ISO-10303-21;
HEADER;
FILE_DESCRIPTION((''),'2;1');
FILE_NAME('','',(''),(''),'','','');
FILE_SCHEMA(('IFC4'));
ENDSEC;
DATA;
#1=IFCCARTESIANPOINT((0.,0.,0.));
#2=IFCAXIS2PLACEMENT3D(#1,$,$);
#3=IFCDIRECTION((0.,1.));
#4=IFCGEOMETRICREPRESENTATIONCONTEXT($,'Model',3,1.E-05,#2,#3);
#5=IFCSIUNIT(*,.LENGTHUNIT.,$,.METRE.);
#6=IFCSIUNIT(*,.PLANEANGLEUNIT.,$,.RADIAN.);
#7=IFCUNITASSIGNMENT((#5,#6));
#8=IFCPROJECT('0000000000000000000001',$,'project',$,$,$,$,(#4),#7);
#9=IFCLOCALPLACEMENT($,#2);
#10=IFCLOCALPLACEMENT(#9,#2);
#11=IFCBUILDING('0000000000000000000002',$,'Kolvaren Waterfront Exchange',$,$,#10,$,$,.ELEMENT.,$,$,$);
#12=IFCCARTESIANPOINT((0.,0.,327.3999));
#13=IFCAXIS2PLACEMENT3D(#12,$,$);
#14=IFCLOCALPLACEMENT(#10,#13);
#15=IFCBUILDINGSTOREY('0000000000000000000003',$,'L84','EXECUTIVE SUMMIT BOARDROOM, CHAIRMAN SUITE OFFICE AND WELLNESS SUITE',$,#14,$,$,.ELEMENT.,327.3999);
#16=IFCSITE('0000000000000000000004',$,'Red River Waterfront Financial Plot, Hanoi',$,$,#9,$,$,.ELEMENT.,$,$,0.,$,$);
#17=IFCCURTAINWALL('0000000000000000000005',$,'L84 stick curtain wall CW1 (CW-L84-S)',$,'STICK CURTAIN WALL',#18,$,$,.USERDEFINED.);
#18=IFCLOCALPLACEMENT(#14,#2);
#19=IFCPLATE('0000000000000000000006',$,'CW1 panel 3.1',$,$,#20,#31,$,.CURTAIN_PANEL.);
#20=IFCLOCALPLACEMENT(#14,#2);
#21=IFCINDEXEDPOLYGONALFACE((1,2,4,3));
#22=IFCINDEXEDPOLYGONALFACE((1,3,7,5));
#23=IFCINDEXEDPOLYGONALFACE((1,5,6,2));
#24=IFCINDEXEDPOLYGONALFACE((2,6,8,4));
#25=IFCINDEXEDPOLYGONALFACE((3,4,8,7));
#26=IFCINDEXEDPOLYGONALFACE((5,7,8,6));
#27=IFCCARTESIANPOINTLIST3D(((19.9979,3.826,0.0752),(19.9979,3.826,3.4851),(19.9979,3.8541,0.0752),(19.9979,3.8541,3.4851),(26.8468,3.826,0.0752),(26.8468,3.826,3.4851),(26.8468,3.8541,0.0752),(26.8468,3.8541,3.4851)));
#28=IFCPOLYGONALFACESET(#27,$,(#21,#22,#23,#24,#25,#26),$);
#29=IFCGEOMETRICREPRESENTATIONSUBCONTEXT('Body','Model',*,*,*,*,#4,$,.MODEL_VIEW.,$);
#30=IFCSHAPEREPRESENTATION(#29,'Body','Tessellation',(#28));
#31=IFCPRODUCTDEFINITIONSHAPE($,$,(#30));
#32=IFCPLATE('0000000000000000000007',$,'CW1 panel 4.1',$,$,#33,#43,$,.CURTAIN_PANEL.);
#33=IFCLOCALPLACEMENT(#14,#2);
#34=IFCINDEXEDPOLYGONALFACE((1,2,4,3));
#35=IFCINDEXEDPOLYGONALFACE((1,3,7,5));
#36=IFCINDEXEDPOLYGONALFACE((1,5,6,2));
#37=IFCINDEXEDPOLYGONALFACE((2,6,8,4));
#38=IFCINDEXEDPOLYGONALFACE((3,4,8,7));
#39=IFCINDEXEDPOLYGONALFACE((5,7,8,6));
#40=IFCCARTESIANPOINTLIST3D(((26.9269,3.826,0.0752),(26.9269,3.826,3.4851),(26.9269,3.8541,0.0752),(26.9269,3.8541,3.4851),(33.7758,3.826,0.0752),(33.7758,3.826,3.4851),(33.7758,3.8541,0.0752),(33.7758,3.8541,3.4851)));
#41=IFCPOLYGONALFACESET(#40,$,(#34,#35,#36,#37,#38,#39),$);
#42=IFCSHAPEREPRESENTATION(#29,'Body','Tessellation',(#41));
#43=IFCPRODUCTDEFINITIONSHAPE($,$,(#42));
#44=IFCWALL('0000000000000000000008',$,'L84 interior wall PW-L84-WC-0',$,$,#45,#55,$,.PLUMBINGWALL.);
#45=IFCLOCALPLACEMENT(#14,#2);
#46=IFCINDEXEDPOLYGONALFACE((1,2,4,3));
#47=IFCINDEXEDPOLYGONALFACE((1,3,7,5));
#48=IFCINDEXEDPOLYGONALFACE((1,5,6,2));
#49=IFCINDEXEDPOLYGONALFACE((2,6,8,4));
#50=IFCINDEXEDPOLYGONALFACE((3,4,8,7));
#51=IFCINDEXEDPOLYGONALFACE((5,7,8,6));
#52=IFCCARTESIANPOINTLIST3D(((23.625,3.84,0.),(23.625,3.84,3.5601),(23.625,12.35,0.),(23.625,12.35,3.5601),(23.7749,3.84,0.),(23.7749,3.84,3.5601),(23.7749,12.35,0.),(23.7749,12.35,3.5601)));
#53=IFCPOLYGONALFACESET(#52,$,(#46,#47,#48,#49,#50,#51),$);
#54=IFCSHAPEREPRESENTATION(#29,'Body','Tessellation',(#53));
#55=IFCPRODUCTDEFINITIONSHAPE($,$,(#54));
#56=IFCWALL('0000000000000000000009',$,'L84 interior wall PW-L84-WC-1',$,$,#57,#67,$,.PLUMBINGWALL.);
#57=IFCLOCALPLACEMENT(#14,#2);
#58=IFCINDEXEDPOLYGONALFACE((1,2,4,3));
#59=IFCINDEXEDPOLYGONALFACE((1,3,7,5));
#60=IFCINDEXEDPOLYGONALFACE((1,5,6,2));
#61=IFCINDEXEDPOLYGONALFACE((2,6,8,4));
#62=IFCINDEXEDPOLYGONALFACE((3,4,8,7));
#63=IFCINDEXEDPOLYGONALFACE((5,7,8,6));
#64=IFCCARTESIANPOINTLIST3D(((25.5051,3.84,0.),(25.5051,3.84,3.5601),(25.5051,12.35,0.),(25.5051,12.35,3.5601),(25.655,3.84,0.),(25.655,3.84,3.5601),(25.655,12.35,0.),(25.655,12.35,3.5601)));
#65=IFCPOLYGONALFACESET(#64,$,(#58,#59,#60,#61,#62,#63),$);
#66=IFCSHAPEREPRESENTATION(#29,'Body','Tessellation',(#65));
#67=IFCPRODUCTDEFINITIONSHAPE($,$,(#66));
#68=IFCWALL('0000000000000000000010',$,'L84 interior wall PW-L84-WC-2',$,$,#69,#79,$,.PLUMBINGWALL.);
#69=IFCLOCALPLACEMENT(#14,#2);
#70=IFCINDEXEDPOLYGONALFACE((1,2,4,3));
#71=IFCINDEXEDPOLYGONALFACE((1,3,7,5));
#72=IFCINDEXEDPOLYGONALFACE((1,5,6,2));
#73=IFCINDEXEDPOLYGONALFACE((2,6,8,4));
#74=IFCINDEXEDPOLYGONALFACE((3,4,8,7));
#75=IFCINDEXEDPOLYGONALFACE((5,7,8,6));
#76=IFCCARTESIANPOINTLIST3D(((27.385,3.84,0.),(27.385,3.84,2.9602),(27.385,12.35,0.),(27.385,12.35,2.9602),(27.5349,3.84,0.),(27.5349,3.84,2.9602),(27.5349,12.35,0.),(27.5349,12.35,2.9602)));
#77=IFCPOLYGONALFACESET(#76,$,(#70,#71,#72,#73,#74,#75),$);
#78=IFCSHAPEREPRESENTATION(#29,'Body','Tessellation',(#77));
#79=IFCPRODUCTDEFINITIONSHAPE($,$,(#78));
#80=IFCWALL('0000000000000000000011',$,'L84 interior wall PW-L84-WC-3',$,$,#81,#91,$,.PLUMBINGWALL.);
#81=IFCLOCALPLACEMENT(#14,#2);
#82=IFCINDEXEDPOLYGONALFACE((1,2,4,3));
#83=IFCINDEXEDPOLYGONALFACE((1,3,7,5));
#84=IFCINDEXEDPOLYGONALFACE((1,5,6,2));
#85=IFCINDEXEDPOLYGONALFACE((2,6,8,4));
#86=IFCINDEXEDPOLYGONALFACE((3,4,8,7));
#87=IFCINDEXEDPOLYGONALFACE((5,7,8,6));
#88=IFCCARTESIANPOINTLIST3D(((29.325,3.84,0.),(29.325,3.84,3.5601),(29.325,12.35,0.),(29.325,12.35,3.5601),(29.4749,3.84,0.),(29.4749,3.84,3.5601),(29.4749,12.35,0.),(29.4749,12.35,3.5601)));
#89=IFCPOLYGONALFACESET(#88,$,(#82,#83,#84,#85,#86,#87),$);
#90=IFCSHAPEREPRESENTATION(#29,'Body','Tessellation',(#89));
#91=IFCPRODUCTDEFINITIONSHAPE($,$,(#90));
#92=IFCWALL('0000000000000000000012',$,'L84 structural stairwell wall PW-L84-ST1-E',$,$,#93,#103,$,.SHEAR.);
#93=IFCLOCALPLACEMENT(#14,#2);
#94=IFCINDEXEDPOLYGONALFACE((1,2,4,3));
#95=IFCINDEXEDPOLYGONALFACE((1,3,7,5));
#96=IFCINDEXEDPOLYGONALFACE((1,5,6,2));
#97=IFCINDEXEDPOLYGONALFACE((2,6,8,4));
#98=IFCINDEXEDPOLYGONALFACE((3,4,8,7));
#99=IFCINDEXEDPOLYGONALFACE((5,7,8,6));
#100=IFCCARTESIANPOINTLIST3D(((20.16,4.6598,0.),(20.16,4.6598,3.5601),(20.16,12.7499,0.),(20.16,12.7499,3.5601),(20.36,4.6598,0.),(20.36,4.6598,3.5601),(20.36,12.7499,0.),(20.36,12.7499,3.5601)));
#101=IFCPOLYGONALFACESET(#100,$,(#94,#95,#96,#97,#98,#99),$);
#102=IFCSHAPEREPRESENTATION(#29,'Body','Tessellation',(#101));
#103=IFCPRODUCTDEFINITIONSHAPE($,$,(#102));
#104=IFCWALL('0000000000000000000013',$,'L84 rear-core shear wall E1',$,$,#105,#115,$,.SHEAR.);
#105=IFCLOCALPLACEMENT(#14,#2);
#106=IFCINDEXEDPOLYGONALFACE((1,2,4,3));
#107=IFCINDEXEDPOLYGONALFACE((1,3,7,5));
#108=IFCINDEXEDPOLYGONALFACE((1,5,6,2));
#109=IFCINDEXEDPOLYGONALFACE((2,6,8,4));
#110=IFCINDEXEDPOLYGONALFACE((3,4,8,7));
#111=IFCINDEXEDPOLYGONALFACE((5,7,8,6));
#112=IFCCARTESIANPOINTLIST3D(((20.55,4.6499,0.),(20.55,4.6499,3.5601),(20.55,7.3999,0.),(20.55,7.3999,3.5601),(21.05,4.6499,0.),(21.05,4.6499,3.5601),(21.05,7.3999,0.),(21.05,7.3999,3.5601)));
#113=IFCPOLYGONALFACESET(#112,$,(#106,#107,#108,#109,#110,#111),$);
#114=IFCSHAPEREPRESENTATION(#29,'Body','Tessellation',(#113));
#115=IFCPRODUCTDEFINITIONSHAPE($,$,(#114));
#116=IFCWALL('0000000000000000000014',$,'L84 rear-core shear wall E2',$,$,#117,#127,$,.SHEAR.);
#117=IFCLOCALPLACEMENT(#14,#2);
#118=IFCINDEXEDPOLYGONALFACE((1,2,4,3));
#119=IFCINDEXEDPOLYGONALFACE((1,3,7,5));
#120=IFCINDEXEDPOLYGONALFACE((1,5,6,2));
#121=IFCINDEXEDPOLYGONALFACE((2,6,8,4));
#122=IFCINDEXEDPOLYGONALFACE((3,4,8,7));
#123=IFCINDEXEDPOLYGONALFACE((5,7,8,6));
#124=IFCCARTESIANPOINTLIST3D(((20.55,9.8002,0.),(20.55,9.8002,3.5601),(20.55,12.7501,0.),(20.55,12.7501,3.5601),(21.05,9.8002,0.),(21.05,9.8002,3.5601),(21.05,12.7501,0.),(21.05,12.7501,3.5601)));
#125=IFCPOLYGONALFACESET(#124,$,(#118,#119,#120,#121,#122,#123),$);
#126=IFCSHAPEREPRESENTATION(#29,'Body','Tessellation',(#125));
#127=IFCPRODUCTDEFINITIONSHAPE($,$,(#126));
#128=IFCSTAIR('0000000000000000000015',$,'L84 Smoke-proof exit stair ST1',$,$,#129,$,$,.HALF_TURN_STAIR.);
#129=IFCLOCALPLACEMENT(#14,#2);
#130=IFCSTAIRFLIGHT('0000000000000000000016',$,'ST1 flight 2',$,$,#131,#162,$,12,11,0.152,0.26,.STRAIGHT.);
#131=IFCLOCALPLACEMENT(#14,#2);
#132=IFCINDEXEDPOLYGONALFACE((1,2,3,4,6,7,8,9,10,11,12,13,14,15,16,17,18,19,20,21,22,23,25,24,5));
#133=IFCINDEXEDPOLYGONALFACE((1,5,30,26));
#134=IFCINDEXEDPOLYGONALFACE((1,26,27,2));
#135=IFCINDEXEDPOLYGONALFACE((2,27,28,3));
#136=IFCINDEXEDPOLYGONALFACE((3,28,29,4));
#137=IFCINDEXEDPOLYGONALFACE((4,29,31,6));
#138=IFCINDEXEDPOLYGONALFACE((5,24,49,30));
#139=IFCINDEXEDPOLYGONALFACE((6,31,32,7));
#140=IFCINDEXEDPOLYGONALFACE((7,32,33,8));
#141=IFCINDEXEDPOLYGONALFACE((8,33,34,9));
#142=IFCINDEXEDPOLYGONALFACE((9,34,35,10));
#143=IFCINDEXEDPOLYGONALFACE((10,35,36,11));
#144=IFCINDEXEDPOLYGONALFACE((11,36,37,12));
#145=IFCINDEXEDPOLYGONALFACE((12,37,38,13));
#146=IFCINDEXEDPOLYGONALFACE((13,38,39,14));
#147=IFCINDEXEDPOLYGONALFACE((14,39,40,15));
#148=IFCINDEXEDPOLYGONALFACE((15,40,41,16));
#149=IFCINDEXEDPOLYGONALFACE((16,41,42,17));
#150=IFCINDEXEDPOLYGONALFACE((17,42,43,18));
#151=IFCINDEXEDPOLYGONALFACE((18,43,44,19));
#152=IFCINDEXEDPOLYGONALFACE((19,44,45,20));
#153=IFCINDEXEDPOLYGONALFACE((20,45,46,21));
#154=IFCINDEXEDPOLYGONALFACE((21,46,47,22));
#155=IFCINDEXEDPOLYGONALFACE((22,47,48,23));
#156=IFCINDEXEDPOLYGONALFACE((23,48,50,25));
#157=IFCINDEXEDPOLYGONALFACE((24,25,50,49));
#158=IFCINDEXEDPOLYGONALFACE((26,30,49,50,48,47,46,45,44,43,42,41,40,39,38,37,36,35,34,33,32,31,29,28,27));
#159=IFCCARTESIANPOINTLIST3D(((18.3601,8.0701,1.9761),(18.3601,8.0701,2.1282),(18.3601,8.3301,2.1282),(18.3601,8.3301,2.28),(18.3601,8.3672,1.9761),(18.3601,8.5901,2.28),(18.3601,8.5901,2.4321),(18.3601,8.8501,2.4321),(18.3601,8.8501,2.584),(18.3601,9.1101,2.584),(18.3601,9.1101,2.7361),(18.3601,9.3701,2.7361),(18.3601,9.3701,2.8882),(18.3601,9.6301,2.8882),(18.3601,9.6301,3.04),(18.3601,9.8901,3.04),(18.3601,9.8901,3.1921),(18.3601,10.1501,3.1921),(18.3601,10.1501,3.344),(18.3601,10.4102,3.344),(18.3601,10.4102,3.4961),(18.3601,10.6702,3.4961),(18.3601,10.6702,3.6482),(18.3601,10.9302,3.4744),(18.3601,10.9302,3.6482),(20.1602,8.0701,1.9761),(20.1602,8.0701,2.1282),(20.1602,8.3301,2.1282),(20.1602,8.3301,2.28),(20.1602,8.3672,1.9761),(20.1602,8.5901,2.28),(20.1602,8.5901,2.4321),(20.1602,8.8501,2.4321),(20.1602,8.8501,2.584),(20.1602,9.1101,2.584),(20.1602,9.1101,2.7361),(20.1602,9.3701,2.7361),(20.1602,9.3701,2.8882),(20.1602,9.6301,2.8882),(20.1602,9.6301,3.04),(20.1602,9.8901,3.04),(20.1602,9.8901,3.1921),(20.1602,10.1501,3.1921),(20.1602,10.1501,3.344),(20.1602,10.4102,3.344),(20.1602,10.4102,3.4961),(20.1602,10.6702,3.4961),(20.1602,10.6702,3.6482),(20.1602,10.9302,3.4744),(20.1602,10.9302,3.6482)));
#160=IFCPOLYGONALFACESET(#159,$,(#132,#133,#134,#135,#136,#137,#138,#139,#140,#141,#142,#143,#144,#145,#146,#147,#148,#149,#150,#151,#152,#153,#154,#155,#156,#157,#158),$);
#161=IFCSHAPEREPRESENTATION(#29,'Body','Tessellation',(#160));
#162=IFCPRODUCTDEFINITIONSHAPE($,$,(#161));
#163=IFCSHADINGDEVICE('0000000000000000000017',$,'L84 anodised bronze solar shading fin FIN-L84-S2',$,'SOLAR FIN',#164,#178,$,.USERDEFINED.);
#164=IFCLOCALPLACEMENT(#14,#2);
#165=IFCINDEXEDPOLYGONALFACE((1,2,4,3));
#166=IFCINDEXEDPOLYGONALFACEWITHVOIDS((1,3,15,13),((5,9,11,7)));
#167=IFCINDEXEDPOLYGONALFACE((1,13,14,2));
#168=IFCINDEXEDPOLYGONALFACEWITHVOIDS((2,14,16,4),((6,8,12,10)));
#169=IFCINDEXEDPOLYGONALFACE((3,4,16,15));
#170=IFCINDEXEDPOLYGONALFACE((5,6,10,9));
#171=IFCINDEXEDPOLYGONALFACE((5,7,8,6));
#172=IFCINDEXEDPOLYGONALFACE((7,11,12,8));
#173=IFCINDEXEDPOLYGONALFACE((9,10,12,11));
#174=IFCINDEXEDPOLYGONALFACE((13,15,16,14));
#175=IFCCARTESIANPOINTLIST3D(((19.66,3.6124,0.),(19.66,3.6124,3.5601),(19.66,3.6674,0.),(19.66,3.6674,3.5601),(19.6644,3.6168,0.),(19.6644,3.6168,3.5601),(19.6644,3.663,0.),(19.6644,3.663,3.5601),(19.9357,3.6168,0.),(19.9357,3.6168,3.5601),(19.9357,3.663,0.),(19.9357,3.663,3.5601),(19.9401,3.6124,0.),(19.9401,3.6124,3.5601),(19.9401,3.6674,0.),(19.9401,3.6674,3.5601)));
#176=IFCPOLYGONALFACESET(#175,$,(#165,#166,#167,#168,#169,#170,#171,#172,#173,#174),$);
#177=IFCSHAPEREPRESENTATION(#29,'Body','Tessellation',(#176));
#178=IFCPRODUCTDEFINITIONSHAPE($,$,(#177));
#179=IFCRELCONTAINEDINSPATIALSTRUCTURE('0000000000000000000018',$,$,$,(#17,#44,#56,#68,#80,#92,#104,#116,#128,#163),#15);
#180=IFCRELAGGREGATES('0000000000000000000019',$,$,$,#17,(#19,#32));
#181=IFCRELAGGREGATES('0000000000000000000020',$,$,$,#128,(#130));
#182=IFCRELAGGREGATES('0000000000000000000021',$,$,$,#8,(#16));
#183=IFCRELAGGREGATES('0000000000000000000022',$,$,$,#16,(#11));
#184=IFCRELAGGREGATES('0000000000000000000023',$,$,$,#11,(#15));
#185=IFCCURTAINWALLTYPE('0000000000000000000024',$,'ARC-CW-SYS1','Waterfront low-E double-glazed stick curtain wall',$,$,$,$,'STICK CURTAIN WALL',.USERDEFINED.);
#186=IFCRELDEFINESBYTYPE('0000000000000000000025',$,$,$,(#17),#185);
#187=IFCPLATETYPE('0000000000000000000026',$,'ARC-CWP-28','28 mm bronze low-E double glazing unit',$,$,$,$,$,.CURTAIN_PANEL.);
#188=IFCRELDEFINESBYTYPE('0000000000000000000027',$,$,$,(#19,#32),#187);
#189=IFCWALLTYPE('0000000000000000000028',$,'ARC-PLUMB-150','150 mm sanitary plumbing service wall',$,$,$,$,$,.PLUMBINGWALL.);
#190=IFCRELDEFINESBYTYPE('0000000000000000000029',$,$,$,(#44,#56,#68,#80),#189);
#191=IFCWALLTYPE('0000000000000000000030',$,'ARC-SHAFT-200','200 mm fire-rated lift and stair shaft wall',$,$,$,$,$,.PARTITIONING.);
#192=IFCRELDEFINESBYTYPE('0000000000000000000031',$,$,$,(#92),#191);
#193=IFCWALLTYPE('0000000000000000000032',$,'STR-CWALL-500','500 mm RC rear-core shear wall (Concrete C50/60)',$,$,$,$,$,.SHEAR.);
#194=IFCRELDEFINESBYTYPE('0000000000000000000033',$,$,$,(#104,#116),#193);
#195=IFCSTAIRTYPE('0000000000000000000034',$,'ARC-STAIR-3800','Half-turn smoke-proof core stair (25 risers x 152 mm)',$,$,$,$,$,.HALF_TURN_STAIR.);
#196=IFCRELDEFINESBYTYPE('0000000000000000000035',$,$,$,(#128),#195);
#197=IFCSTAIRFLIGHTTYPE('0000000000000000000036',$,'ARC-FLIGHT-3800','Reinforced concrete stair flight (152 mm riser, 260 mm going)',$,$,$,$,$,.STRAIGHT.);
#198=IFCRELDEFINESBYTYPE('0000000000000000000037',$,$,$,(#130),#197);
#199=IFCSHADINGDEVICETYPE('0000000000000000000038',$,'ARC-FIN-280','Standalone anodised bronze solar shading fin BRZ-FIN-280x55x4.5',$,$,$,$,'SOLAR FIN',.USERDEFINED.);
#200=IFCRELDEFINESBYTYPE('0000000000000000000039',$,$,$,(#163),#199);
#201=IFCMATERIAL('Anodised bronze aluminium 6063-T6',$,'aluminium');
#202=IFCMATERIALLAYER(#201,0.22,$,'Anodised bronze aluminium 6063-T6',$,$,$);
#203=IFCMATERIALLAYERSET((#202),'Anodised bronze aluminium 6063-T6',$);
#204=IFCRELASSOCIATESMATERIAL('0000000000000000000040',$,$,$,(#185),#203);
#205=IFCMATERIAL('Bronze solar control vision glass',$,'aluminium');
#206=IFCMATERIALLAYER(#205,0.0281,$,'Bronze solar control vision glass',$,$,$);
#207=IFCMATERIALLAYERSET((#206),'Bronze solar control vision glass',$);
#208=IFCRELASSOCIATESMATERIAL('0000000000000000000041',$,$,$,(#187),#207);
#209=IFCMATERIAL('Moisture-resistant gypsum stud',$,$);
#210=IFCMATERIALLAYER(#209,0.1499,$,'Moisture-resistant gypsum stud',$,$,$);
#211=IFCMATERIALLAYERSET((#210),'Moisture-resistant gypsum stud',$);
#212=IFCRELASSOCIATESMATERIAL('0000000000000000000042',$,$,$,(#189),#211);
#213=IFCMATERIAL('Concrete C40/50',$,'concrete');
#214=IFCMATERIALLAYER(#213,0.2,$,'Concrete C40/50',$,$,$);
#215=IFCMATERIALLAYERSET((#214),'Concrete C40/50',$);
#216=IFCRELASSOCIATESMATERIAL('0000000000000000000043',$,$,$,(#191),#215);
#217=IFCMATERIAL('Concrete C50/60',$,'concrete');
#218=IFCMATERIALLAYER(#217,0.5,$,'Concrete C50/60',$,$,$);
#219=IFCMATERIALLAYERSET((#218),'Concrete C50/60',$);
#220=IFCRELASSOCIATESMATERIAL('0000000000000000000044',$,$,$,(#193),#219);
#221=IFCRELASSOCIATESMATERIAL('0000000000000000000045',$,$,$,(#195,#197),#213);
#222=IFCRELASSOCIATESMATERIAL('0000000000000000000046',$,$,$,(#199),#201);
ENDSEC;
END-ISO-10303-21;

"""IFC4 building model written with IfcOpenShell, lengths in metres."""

from ifc_helpers import new_model, si_unit, direction, frame, frame_2d, origin, origin_with_axes, origin_2d, place, context, subcontext, project, spatial, polyline, rectangle, hollow_rectangle, outline, extrude, source, transform, mapped, material, layer, layer_set, material_profile, profile_set, type_object, element, aggregate, save


model = new_model("IFC4")

# Units and contexts
model_context = context("Model", 3, precision=1e-05, world=origin(), true_north=direction((0.0, 1.0)))
body_context = subcontext(model_context, "Body", "Model", "MODEL_VIEW")
ifc_project = project(units=[si_unit("LENGTHUNIT", "METRE"), si_unit("PLANEANGLEUNIT", "RADIAN")], contexts=[model_context])

# Site, building, storey
site_placement = place(None, origin())
site = spatial("IfcSite", under=ifc_project, at=site_placement, Name="Red River Waterfront Financial Plot, Hanoi", CompositionType="ELEMENT", RefElevation=0.0)
building_placement = place(site_placement, origin())
building = spatial("IfcBuilding", under=site, at=building_placement, Name="Kolvaren Waterfront Exchange", CompositionType="ELEMENT")
storey_placement = place(building_placement, frame((0.0, 0.0, 327.3999)))
storey = spatial("IfcBuildingStorey", under=building, at=storey_placement, Name="L84", Description="EXECUTIVE SUMMIT BOARDROOM, CHAIRMAN SUITE OFFICE AND WELLNESS SUITE", CompositionType="ELEMENT", Elevation=327.3999)

# Shared definitions
ifc_material_1 = material(Name="Concrete C50/60", Category="concrete")

# Shared definitions
ifc_material_2 = material(Name="Anodised bronze aluminium 6063-T6", Category="aluminium")

# Curtain wall
ifc_layer_1 = layer(ifc_material_2, 0.22, Name="Anodised bronze aluminium 6063-T6")
ifc_layer_set_1 = layer_set([ifc_layer_1], Name="Anodised bronze aluminium 6063-T6")
curtain_wall_type_1 = type_object("IfcCurtainWallType", Name="ARC-CW-SYS1", Description="Waterfront low-E double-glazed stick curtain wall", ElementType="STICK CURTAIN WALL", PredefinedType="USERDEFINED", material=ifc_layer_set_1)
curtain_wall_1_placement = place(storey_placement, origin())
curtain_wall_1 = element("IfcCurtainWall", 1, at=curtain_wall_1_placement, inside=storey, type_object=curtain_wall_type_1, Name="L84 stick curtain wall CW1 (CW-L84-S)", ObjectType="STICK CURTAIN WALL", PredefinedType="USERDEFINED")

# Plates
ifc_material_3 = material(Name="Bronze solar control vision glass", Category="aluminium")
ifc_layer_2 = layer(ifc_material_3, 0.0281, Name="Bronze solar control vision glass")
ifc_layer_set_2 = layer_set([ifc_layer_2], Name="Bronze solar control vision glass")
plate_type_1 = type_object("IfcPlateType", Name="ARC-CWP-28", Description="28 mm bronze low-E double glazing unit", PredefinedType="CURTAIN_PANEL", material=ifc_layer_set_2)
shared_shape_1 = source(origin_with_axes(), body_context, "Body", "SweptSolid", [
    extrude(rectangle(XDim=6.8489, YDim=0.0281, at=origin_2d()), origin(), (0.0, 0.0, 1.0), 3.4099),
])
plate_1_placement = place(storey_placement, frame((23.4224, 3.8401, 0.0752), z_axis=(0.0, 0.0, 1.0), x_axis=(1.0, 0.0, 0.0)))
plate_1 = element("IfcPlate", 2, at=plate_1_placement, type_object=plate_type_1, Name="CW1 panel 3.1", PredefinedType="CURTAIN_PANEL", context=body_context, shape_type="MappedRepresentation", body=[
    mapped(shared_shape_1, transform((0.0, 0.0, 0.0), x_axis=(1.0, 0.0, 0.0), y_axis=(0.0, 1.0, 0.0), z_axis=(0.0, 0.0, 1.0), scale=1.0)),
])
plate_2_placement = place(storey_placement, frame((30.3513, 3.8401, 0.0752), z_axis=(0.0, 0.0, 1.0), x_axis=(1.0, 0.0, 0.0)))
plate_2 = element("IfcPlate", 3, at=plate_2_placement, type_object=plate_type_1, Name="CW1 panel 4.1", PredefinedType="CURTAIN_PANEL", context=body_context, shape_type="MappedRepresentation", body=[
    mapped(shared_shape_1, transform((0.0, 0.0, 0.0), x_axis=(1.0, 0.0, 0.0), y_axis=(0.0, 1.0, 0.0), z_axis=(0.0, 0.0, 1.0), scale=1.0)),
])
aggregate(curtain_wall_1, [plate_1, plate_2])

# Walls
ifc_material_4 = material(Name="Moisture-resistant gypsum stud")
ifc_layer_3 = layer(ifc_material_4, 0.1499, Name="Moisture-resistant gypsum stud")
ifc_layer_set_3 = layer_set([ifc_layer_3], Name="Moisture-resistant gypsum stud")
wall_type_1 = type_object("IfcWallType", Name="ARC-PLUMB-150", Description="150 mm sanitary plumbing service wall", PredefinedType="PLUMBINGWALL", material=ifc_layer_set_3)
for number, where, z_axis, x_axis, name in (
    (4, (23.7, 3.8401, 0.0), (0.0, 0.0, 1.0), (0.0, 1.0, 0.0), "L84 interior wall PW-L84-WC-0"),
    (5, (25.5801, 3.8401, 0.0), (0.0, 0.0, 1.0), (0.0, 1.0, 0.0), "L84 interior wall PW-L84-WC-1"),
):
    element("IfcWall", number, at=place(storey_placement, frame(where, z_axis=z_axis, x_axis=x_axis)), inside=storey, type_object=wall_type_1, Name=name, PredefinedType="PLUMBINGWALL", context=body_context, shape_type="SweptSolid", body=[
        extrude(rectangle(XDim=8.51, YDim=0.1499, at=frame_2d((4.2549, 0.0))), origin(), (0.0, 0.0, 1.0), 3.5601),
    ])
wall_1_placement = place(storey_placement, frame((27.46, 3.8401, 0.0), z_axis=(0.0, 0.0, 1.0), x_axis=(0.0, 1.0, 0.0)))
element("IfcWall", 6, at=wall_1_placement, inside=storey, type_object=wall_type_1, Name="L84 interior wall PW-L84-WC-2", PredefinedType="PLUMBINGWALL", context=body_context, shape_type="SweptSolid", body=[
    extrude(rectangle(XDim=8.51, YDim=0.1499, at=frame_2d((4.2549, 0.0))), origin(), (0.0, 0.0, 1.0), 2.9602),
])
wall_2_placement = place(storey_placement, frame((29.3999, 3.8401, 0.0), z_axis=(0.0, 0.0, 1.0), x_axis=(0.0, 1.0, 0.0)))
element("IfcWall", 7, at=wall_2_placement, inside=storey, type_object=wall_type_1, Name="L84 interior wall PW-L84-WC-3", PredefinedType="PLUMBINGWALL", context=body_context, shape_type="SweptSolid", body=[
    extrude(rectangle(XDim=8.51, YDim=0.1499, at=frame_2d((4.2549, 0.0))), origin(), (0.0, 0.0, 1.0), 3.5601),
])
ifc_material_5 = material(Name="Concrete C40/50", Category="concrete")
ifc_layer_4 = layer(ifc_material_5, 0.2, Name="Concrete C40/50")
ifc_layer_set_4 = layer_set([ifc_layer_4], Name="Concrete C40/50")
wall_type_2 = type_object("IfcWallType", Name="ARC-SHAFT-200", Description="200 mm fire-rated lift and stair shaft wall", PredefinedType="PARTITIONING", material=ifc_layer_set_4)
wall_3_placement = place(storey_placement, frame((20.26, 4.6599, 0.0), z_axis=(0.0, 0.0, 1.0), x_axis=(0.0, 1.0, 0.0)))
element("IfcWall", 8, at=wall_3_placement, inside=storey, type_object=wall_type_2, Name="L84 structural stairwell wall PW-L84-ST1-E", PredefinedType="SHEAR", context=body_context, shape_type="SweptSolid", body=[
    extrude(rectangle(XDim=8.0901, YDim=0.2, at=frame_2d((4.0449, 0.0))), origin(), (0.0, 0.0, 1.0), 3.5601),
])
ifc_layer_5 = layer(ifc_material_1, 0.5, Name="Concrete C50/60")
ifc_layer_set_5 = layer_set([ifc_layer_5], Name="Concrete C50/60")
wall_type_3 = type_object("IfcWallType", Name="STR-CWALL-500", Description="500 mm RC rear-core shear wall (Concrete C50/60)", PredefinedType="SHEAR", material=ifc_layer_set_5)
wall_4_placement = place(storey_placement, frame((20.8, 4.6499, 0.0), z_axis=(0.0, 0.0, 1.0), x_axis=(0.0, 1.0, 0.0)))
element("IfcWall", 9, at=wall_4_placement, inside=storey, type_object=wall_type_3, Name="L84 rear-core shear wall E1", PredefinedType="SHEAR", context=body_context, shape_type="SweptSolid", body=[
    extrude(rectangle(XDim=2.75, YDim=0.5, at=frame_2d((1.375, 0.0))), origin(), (0.0, 0.0, 1.0), 3.5601),
])
wall_5_placement = place(storey_placement, frame((20.8, 9.8, 0.0), z_axis=(0.0, 0.0, 1.0), x_axis=(0.0, 1.0, 0.0)))
element("IfcWall", 10, at=wall_5_placement, inside=storey, type_object=wall_type_3, Name="L84 rear-core shear wall E2", PredefinedType="SHEAR", context=body_context, shape_type="SweptSolid", body=[
    extrude(rectangle(XDim=2.95, YDim=0.5, at=frame_2d((1.4751, 0.0))), origin(), (0.0, 0.0, 1.0), 3.5601),
])

# Stair, stair flight
stair_type = type_object("IfcStairType", Name="ARC-STAIR-3800", Description="Half-turn smoke-proof core stair (25 risers x 152 mm)", PredefinedType="HALF_TURN_STAIR", material=ifc_material_5)
stair_placement = place(storey_placement, origin())
stair = element("IfcStair", 11, at=stair_placement, inside=storey, type_object=stair_type, Name="L84 Smoke-proof exit stair ST1", PredefinedType="HALF_TURN_STAIR")
stair_flight_type = type_object("IfcStairFlightType", Name="ARC-FLIGHT-3800", Description="Reinforced concrete stair flight (152 mm riser, 260 mm going)", PredefinedType="STRAIGHT", material=ifc_material_5)
stair_flight_placement = place(storey_placement, frame((19.26, 8.0701, 1.9761), z_axis=(0.0, 0.0, 1.0), x_axis=(0.0, 1.0, 0.0)))
stair_flight = element("IfcStairFlight", 12, at=stair_flight_placement, type_object=stair_flight_type, Name="ST1 flight 2", NumberOfRisers=12, NumberOfTreads=11, PredefinedType="STRAIGHT", RiserHeight=0.152, TreadLength=0.26, context=body_context, shape_type="SweptSolid", body=[
    extrude(outline(polyline([(0.0, 0.0), (0.0, 0.1521), (0.26, 0.1521), (0.26, 0.304), (0.52, 0.304), (0.52, 0.4561), (0.78, 0.4561), (0.78, 0.6079), (1.04, 0.6079), (1.04, 0.76), (1.3, 0.76), (1.3, 0.9121), (1.5601, 0.9121), (1.5601, 1.064), (1.8201, 1.064), (1.8201, 1.2161), (2.0801, 1.2161), (2.0801, 1.3679), (2.3401, 1.3679), (2.3401, 1.52), (2.6001, 1.52), (2.6001, 1.6721), (2.8601, 1.6721), (2.8601, 1.824), (2.8601, 1.4983), (0.2971, 0.0), (0.0, 0.0)])), frame((0.0, 0.8999, 0.0), z_axis=(0.0, -1.0, 0.0), x_axis=(1.0, 0.0, 0.0)), (0.0, 0.0, 1.0), 1.8),
])
aggregate(stair, [stair_flight])

# Shading device
ifc_material_profile_1 = material_profile(ifc_material_2, hollow_rectangle(XDim=0.0549, YDim=0.28, WallThickness=0.0044, at=origin_2d()), Name="BRZ-FIN-280x55x4.5")
ifc_profile_set_1 = profile_set([ifc_material_profile_1], Name="Anodised bronze aluminium 6063-T6")
shading_device_type = type_object("IfcShadingDeviceType", Name="ARC-FIN-280", Description="Standalone anodised bronze solar shading fin BRZ-FIN-280x55x4.5", ElementType="SOLAR FIN", PredefinedType="USERDEFINED", material=ifc_profile_set_1)
shading_device_placement = place(storey_placement, frame((19.8, 3.6399, 0.0), z_axis=(0.0, 0.0, 1.0), x_axis=(0.0, -1.0, 0.0)))
element("IfcShadingDevice", 13, at=shading_device_placement, inside=storey, type_object=shading_device_type, Name="L84 anodised bronze solar shading fin FIN-L84-S2", ObjectType="SOLAR FIN", PredefinedType="USERDEFINED", context=body_context, shape_type="SweptSolid", body=[
    extrude(hollow_rectangle(XDim=0.0549, YDim=0.28, WallThickness=0.0044, at=origin_2d()), origin(), (0.0, 0.0, 1.0), 3.5601),
])

save(model, "model.ifc")
